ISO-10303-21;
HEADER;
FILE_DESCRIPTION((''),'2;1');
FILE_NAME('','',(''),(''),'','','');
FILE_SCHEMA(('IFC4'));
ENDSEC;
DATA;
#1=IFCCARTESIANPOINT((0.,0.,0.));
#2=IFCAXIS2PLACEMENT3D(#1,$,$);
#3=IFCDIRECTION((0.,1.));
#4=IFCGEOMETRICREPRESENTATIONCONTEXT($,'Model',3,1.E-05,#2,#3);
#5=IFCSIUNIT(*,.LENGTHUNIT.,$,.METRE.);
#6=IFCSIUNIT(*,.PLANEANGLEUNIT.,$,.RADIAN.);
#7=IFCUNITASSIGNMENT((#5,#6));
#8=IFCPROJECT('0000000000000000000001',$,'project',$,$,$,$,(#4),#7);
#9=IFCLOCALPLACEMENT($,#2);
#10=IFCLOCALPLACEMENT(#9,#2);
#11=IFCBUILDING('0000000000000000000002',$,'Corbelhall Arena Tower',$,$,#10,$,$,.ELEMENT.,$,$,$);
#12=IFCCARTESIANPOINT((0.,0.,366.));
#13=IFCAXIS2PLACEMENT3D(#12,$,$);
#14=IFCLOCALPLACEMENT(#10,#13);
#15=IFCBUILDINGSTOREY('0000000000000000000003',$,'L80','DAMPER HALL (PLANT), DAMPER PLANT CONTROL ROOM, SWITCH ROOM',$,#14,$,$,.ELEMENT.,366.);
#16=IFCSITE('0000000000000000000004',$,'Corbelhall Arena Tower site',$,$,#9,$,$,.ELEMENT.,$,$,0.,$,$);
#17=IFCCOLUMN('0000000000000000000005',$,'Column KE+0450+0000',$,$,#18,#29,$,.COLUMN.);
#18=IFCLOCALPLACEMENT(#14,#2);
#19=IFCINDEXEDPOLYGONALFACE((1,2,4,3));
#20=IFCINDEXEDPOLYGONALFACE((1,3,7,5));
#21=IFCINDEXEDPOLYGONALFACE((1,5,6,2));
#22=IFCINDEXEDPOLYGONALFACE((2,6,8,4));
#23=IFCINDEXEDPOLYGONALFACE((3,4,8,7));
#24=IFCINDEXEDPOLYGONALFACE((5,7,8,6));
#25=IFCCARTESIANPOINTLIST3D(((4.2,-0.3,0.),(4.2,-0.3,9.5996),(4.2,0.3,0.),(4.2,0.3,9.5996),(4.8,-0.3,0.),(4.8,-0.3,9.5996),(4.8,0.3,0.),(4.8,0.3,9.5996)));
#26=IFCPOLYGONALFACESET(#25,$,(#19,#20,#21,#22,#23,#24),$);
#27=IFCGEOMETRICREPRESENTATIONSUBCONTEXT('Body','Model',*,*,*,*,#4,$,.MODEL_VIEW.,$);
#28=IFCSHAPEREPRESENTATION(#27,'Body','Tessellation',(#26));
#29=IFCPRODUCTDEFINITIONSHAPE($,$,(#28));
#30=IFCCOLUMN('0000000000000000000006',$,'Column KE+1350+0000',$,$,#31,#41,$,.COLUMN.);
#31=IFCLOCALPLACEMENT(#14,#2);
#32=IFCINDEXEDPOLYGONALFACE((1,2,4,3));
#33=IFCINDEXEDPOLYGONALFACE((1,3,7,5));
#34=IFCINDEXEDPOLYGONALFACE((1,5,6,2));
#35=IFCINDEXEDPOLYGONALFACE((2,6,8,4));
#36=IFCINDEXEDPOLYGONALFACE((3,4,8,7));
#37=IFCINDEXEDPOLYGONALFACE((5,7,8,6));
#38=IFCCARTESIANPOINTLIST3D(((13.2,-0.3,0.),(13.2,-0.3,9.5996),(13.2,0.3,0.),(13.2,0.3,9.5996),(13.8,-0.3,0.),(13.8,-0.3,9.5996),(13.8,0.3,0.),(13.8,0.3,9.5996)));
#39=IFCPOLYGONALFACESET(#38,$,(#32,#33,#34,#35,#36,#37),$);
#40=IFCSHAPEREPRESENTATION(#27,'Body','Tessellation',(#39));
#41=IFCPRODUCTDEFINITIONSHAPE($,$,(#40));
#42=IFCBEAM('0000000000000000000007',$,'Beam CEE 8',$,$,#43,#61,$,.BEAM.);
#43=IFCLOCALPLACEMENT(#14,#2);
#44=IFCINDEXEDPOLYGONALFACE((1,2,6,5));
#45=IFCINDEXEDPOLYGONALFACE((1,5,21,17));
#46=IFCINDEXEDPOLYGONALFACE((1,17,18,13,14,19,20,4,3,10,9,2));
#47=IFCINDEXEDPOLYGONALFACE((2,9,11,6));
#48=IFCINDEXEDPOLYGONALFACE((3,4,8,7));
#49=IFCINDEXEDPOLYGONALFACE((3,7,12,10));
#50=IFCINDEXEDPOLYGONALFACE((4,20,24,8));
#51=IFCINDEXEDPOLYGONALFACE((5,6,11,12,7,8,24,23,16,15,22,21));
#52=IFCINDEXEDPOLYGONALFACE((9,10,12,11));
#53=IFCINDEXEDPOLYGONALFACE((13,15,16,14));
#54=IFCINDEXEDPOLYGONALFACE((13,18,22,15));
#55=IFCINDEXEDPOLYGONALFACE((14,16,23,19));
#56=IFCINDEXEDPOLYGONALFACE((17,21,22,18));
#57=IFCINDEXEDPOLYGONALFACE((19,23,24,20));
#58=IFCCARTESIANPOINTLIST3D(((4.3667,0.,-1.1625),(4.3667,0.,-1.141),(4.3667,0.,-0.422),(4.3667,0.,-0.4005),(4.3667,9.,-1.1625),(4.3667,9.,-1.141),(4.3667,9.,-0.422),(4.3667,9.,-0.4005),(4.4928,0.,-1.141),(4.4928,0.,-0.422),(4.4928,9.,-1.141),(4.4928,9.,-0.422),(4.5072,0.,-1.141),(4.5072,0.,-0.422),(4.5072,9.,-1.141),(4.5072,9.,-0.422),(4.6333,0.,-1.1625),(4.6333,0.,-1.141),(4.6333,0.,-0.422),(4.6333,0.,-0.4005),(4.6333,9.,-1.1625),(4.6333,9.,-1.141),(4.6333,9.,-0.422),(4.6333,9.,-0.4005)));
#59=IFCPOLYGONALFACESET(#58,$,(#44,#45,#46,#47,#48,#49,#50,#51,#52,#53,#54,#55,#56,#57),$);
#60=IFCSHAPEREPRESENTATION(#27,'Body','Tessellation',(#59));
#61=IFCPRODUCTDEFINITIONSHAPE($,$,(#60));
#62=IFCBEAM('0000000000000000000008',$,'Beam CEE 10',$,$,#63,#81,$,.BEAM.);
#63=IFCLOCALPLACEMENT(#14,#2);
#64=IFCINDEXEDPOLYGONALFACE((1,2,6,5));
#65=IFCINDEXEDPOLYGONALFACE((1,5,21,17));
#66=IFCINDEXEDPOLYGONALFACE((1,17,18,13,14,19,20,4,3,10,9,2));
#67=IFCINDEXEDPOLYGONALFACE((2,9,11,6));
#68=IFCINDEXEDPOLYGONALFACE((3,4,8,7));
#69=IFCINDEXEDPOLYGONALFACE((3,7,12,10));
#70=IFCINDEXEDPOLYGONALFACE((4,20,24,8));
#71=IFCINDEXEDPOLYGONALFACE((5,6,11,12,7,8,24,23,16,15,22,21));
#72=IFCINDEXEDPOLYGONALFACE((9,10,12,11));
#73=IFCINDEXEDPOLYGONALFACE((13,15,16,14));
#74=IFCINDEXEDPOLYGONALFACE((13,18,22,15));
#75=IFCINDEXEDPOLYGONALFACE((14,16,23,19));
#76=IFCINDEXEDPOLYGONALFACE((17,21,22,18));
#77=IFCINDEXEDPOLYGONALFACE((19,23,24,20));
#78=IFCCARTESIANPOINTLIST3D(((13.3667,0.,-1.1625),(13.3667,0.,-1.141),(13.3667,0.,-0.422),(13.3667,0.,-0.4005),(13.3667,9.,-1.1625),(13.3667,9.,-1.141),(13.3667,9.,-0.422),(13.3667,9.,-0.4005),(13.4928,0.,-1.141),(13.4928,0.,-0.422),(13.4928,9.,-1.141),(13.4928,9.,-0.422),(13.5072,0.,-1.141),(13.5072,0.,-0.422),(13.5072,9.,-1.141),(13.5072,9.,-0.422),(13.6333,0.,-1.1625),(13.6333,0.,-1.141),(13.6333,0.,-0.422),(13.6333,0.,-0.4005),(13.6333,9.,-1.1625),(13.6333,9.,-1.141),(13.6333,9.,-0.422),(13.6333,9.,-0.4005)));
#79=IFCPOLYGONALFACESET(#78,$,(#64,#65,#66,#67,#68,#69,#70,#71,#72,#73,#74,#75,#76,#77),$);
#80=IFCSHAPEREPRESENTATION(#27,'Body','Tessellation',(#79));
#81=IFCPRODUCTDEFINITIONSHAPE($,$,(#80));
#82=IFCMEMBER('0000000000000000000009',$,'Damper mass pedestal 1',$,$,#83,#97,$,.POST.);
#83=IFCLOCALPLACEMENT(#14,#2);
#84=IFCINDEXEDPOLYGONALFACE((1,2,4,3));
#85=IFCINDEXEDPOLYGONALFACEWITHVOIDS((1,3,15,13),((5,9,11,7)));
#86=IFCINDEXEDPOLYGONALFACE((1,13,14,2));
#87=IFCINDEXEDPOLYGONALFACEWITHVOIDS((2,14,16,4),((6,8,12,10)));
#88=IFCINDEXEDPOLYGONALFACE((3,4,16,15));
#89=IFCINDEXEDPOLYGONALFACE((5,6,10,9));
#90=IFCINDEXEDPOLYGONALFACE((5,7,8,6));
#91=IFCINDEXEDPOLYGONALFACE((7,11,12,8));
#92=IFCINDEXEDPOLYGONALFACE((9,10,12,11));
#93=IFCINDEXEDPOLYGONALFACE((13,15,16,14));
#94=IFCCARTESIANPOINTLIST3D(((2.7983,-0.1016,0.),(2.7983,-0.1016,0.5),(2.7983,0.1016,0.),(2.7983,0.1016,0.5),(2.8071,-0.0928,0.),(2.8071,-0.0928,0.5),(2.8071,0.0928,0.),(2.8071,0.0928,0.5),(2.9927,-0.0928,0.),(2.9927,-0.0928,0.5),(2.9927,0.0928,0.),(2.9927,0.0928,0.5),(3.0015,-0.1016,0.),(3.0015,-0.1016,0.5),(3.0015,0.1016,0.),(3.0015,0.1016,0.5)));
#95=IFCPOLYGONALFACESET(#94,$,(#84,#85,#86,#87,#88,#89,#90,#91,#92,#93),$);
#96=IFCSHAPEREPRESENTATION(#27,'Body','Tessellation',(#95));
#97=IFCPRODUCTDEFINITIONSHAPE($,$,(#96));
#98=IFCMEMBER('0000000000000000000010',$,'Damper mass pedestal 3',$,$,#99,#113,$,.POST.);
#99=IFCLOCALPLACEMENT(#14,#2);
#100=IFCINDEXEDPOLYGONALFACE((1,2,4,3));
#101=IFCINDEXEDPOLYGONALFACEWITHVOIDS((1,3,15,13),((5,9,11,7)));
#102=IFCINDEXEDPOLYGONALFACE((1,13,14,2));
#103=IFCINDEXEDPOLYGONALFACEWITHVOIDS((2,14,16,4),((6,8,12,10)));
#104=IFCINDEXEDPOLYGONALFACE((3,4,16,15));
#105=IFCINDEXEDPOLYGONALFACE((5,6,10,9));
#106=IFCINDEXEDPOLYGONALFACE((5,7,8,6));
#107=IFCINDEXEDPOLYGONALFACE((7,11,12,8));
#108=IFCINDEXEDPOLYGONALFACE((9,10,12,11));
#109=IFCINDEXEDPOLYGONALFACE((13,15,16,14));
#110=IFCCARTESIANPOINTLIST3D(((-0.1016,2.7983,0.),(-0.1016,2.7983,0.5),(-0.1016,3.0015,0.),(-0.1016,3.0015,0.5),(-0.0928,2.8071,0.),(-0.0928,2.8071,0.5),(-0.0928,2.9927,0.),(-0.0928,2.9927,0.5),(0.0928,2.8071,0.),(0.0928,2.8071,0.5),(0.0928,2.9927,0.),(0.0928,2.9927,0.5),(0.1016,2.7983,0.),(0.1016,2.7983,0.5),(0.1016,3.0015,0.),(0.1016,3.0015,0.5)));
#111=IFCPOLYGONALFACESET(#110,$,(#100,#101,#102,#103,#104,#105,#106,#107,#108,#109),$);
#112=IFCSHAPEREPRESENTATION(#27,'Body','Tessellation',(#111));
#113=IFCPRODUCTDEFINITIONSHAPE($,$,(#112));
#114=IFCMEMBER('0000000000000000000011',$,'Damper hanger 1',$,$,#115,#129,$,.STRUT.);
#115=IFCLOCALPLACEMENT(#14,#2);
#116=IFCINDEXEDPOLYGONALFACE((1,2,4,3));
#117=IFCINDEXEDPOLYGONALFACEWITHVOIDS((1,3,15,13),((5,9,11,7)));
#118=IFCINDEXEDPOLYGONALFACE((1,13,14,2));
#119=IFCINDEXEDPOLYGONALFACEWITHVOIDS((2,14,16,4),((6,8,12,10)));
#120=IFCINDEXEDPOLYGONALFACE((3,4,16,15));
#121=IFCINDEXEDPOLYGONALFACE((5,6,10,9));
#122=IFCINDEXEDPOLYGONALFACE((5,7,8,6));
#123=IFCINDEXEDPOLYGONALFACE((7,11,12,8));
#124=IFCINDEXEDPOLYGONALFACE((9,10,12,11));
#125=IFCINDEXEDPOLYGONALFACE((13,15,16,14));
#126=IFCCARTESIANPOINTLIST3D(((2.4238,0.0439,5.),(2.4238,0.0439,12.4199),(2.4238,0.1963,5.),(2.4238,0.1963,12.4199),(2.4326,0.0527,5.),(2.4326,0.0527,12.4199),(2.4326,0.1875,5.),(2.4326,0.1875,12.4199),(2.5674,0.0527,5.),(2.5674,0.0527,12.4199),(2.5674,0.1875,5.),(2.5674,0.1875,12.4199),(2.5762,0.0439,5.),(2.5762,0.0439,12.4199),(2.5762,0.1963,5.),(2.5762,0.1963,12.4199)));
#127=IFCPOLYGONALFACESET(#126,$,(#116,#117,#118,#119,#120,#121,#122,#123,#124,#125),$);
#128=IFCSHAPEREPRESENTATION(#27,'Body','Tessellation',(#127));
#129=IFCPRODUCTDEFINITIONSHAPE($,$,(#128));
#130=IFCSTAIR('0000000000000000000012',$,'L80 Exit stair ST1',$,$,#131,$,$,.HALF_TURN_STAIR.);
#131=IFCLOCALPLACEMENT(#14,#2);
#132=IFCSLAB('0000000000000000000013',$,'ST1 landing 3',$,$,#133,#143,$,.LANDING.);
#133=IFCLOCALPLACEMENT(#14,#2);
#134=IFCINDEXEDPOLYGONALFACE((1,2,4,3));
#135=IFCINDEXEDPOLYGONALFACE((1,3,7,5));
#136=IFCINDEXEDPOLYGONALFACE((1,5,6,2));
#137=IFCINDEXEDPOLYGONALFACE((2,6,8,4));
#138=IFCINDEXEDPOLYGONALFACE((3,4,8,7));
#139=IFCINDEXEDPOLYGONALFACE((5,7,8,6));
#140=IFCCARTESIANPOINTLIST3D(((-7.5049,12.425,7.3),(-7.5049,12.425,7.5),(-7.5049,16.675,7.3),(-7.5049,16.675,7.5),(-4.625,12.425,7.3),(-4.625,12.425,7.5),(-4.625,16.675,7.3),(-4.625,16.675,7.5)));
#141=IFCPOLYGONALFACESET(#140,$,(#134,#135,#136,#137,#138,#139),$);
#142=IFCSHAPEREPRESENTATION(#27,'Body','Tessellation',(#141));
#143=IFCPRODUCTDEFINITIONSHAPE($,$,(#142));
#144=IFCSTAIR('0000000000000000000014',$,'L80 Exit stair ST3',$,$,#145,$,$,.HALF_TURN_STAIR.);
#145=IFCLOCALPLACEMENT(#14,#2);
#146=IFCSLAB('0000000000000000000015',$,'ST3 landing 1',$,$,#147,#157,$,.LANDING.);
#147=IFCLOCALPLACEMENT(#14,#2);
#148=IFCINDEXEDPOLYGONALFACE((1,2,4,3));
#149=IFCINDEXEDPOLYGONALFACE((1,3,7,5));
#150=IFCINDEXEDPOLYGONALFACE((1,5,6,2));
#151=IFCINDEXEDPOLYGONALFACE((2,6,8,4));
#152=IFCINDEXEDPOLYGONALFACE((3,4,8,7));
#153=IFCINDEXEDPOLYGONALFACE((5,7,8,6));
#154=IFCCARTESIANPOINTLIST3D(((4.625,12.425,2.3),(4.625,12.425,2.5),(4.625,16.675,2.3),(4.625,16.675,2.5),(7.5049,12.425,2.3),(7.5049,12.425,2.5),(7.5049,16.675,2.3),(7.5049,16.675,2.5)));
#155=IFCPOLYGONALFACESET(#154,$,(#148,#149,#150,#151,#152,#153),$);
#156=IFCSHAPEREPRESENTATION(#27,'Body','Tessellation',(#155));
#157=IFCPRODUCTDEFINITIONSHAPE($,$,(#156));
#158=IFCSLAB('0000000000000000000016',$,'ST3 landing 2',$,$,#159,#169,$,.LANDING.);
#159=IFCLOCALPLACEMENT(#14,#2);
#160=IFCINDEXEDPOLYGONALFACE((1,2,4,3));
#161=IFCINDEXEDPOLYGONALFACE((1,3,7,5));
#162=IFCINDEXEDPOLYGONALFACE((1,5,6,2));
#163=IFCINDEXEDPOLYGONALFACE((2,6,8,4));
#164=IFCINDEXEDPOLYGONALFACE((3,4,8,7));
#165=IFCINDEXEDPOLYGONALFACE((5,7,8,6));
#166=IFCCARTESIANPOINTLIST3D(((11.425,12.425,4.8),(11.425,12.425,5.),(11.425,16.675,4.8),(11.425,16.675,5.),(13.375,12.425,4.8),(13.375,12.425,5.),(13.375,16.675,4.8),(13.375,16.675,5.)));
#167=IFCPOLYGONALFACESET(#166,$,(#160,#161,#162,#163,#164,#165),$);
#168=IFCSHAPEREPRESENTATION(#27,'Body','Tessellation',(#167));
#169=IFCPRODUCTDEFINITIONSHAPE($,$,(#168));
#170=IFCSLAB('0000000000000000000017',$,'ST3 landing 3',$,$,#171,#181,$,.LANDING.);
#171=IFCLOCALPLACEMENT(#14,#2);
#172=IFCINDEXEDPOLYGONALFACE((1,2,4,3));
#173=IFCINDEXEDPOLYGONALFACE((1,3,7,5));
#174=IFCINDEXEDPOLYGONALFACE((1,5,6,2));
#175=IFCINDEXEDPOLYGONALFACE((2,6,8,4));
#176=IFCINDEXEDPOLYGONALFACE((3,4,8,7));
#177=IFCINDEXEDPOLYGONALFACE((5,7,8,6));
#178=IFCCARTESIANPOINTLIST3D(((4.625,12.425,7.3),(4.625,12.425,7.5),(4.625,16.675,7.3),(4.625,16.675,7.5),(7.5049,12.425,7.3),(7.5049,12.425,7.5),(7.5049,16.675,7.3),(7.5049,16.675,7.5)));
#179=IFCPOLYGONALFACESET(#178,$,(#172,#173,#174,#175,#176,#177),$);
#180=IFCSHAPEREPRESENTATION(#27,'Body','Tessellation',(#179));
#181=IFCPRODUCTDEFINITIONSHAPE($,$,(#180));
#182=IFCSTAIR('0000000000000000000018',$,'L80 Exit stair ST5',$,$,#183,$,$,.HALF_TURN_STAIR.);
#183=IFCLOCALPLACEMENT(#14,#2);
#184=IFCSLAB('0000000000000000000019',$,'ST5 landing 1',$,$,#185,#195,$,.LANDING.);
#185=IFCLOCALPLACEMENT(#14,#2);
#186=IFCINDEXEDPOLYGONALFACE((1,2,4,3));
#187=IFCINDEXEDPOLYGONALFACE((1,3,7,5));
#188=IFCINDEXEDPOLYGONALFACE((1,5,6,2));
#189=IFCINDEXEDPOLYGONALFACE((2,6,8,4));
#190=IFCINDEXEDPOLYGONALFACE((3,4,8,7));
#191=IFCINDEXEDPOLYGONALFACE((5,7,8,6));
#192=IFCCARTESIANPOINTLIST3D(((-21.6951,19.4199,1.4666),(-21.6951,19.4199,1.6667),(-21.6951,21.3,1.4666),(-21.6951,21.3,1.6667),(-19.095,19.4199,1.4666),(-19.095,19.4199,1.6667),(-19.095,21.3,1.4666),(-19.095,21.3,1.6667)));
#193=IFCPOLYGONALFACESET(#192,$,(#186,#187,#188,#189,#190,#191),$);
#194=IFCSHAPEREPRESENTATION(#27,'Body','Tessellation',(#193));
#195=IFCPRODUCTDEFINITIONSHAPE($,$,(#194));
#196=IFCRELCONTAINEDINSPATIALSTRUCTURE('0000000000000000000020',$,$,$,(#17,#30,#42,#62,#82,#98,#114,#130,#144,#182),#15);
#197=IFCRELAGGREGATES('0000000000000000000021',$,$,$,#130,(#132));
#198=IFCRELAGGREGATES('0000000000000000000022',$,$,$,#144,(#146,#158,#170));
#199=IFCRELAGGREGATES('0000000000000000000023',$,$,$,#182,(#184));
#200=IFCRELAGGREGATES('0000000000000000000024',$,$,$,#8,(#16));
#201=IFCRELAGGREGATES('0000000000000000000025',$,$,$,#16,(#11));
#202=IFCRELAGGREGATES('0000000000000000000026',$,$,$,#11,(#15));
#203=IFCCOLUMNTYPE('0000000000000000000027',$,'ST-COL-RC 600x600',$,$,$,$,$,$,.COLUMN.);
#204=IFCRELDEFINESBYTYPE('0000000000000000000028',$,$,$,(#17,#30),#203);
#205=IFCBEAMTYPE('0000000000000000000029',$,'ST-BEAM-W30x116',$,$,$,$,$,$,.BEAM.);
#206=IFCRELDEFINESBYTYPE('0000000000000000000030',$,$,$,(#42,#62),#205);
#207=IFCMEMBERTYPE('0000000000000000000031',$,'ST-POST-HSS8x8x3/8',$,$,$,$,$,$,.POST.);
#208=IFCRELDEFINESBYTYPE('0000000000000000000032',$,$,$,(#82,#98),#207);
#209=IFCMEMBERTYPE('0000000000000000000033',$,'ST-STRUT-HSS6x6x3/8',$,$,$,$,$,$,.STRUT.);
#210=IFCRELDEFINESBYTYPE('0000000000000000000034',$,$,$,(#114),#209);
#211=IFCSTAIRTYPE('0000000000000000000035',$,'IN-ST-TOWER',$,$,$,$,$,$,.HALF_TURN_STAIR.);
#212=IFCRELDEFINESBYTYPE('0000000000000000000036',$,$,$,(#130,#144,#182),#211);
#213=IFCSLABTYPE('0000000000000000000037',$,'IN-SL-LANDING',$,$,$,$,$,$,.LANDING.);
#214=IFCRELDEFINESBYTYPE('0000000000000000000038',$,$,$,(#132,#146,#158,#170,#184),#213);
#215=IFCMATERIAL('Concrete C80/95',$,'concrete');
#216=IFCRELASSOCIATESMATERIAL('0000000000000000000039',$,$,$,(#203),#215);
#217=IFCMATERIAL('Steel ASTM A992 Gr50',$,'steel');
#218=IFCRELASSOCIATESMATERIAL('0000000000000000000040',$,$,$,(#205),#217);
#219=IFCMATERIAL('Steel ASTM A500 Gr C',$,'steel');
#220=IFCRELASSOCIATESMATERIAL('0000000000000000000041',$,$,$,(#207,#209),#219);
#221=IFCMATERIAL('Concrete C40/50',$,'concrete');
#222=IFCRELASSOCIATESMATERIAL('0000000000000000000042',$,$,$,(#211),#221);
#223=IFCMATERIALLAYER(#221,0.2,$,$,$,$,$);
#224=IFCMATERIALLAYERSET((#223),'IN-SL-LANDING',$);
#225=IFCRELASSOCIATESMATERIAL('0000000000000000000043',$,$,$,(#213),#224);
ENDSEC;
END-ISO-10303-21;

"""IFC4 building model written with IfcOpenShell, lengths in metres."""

from ifc_helpers import new_model, si_unit, direction, frame, origin, origin_2d, place, context, subcontext, project, spatial, polyline, rectangle, hollow_rectangle, i_section, outline, extrude, material, layer, layer_set, material_profile, profile_set, type_object, element, aggregate, save


model = new_model("IFC4")

# Units and contexts
model_context = context("Model", 3, precision=1e-05, world=origin(), true_north=direction((0.0, 1.0)))
body_context = subcontext(model_context, "Body", "Model", "MODEL_VIEW")
ifc_project = project(units=[si_unit("LENGTHUNIT", "METRE"), si_unit("PLANEANGLEUNIT", "RADIAN")], contexts=[model_context])

# Site, building, storey
site_placement = place(None, origin())
site = spatial("IfcSite", under=ifc_project, at=site_placement, Name="Corbelhall Arena Tower site", CompositionType="ELEMENT", RefElevation=0.0)
building_placement = place(site_placement, origin())
building = spatial("IfcBuilding", under=site, at=building_placement, Name="Corbelhall Arena Tower", CompositionType="ELEMENT")
storey_placement = place(building_placement, frame((0.0, 0.0, 366.0)))
storey = spatial("IfcBuildingStorey", under=building, at=storey_placement, Name="L80", Description="DAMPER HALL (PLANT), DAMPER PLANT CONTROL ROOM, SWITCH ROOM", CompositionType="ELEMENT", Elevation=366.0)

# Columns
ifc_material_1 = material(Name="Concrete C80/95", Category="concrete")
ifc_material_profile_1 = material_profile(ifc_material_1, rectangle(XDim=0.6001, YDim=0.6001, at=origin_2d()))
ifc_profile_set_1 = profile_set([ifc_material_profile_1], Name="Concrete C80/95")
column_type = type_object("IfcColumnType", Name="ST-COL-RC 600x600", PredefinedType="COLUMN", material=ifc_profile_set_1)
for number, where, z_axis, x_axis, name in (
    (1, (4.5, 0.0, 0.0), (0.0, 0.0, 1.0), (1.0, 0.0, 0.0), "Column KE+0450+0000"),
    (2, (13.5, 0.0, 0.0), (0.0, 0.0, 1.0), (1.0, 0.0, 0.0), "Column KE+1350+0000"),
):
    element("IfcColumn", number, at=place(storey_placement, frame(where, z_axis=z_axis, x_axis=x_axis)), inside=storey, type_object=column_type, Name=name, PredefinedType="COLUMN", context=body_context, shape_type="SweptSolid", body=[
        extrude(rectangle(XDim=0.6001, YDim=0.6001, at=origin_2d()), origin(), (0.0, 0.0, 1.0), 9.5996),
    ])

# Beams
ifc_material_2 = material(Name="Steel ASTM A992 Gr50", Category="steel")
ifc_material_profile_2 = material_profile(ifc_material_2, i_section(OverallWidth=0.2666, OverallDepth=0.762, WebThickness=0.0144, FlangeThickness=0.0215, at=origin_2d()))
ifc_profile_set_2 = profile_set([ifc_material_profile_2], Name="Steel ASTM A992 Gr50")
beam_type = type_object("IfcBeamType", Name="ST-BEAM-W30x116", PredefinedType="BEAM", material=ifc_profile_set_2)
for number, where, z_axis, x_axis, name in (
    (3, (4.5, 0.0, -0.7815), (0.0, 1.0, 0.0), (-1.0, 0.0, 0.0), "Beam CEE 8"),
    (4, (13.5, 0.0, -0.7815), (0.0, 1.0, 0.0), (-1.0, 0.0, 0.0), "Beam CEE 10"),
):
    element("IfcBeam", number, at=place(storey_placement, frame(where, z_axis=z_axis, x_axis=x_axis)), inside=storey, type_object=beam_type, Name=name, PredefinedType="BEAM", context=body_context, shape_type="SweptSolid", body=[
        extrude(i_section(OverallWidth=0.2666, OverallDepth=0.762, WebThickness=0.0144, FlangeThickness=0.0215, at=origin_2d()), origin(), (0.0, 0.0, 1.0), 9.0),
    ])

# Members
ifc_material_3 = material(Name="Steel ASTM A500 Gr C", Category="steel")
ifc_material_profile_3 = material_profile(ifc_material_3, hollow_rectangle(XDim=0.2031, YDim=0.2031, WallThickness=0.0088, at=origin_2d()))
ifc_profile_set_3 = profile_set([ifc_material_profile_3], Name="Steel ASTM A500 Gr C")
member_type_1 = type_object("IfcMemberType", Name="ST-POST-HSS8x8x3/8", PredefinedType="POST", material=ifc_profile_set_3)
for number, where, z_axis, x_axis, name in (
    (5, (2.8999, 0.0, 0.0), (0.0, 0.0, 1.0), (1.0, 0.0, 0.0), "Damper mass pedestal 1"),
    (6, (0.0, 2.8999, 0.0), (0.0, 0.0, 1.0), (1.0, 0.0, 0.0), "Damper mass pedestal 3"),
):
    element("IfcMember", number, at=place(storey_placement, frame(where, z_axis=z_axis, x_axis=x_axis)), inside=storey, type_object=member_type_1, Name=name, PredefinedType="POST", context=body_context, shape_type="SweptSolid", body=[
        extrude(hollow_rectangle(XDim=0.2031, YDim=0.2031, WallThickness=0.0088, at=origin_2d()), origin(), (0.0, 0.0, 1.0), 0.5),
    ])
ifc_material_profile_4 = material_profile(ifc_material_3, hollow_rectangle(XDim=0.1523, YDim=0.1523, WallThickness=0.0088, at=origin_2d()))
ifc_profile_set_4 = profile_set([ifc_material_profile_4], Name="Steel ASTM A500 Gr C")
member_type_2 = type_object("IfcMemberType", Name="ST-STRUT-HSS6x6x3/8", PredefinedType="STRUT", material=ifc_profile_set_4)
member_placement = place(storey_placement, frame((2.5, 0.1201, 5.0), z_axis=(0.0, 0.0, 1.0), x_axis=(1.0, 0.0, 0.0)))
element("IfcMember", 7, at=member_placement, inside=storey, type_object=member_type_2, Name="Damper hanger 1", PredefinedType="STRUT", context=body_context, shape_type="SweptSolid", body=[
    extrude(hollow_rectangle(XDim=0.1523, YDim=0.1523, WallThickness=0.0088, at=origin_2d()), origin(), (0.0, 0.0, 1.0), 7.4199),
])

# Stair, slab
ifc_material_4 = material(Name="Concrete C40/50", Category="concrete")
stair_type = type_object("IfcStairType", Name="IN-ST-TOWER", PredefinedType="HALF_TURN_STAIR", material=ifc_material_4)
stair_1_placement = place(storey_placement, origin())
stair_1 = element("IfcStair", 8, at=stair_1_placement, inside=storey, type_object=stair_type, Name="L80 Exit stair ST1", PredefinedType="HALF_TURN_STAIR")
ifc_layer_1 = layer(ifc_material_4, 0.2)
ifc_layer_set_1 = layer_set([ifc_layer_1], Name="IN-SL-LANDING")
slab_type = type_object("IfcSlabType", Name="IN-SL-LANDING", PredefinedType="LANDING", material=ifc_layer_set_1)
slab_1_placement = place(storey_placement, frame((0.0, 0.0, 7.3)))
slab_1 = element("IfcSlab", 9, at=slab_1_placement, type_object=slab_type, Name="ST1 landing 3", PredefinedType="LANDING", context=body_context, shape_type="SweptSolid", body=[
    extrude(outline(polyline([(-7.5049, 12.425), (-4.625, 12.425), (-4.625, 16.675), (-7.5049, 16.675), (-7.5049, 12.425)])), origin(), (0.0, 0.0, 1.0), 0.2),
])
aggregate(stair_1, [slab_1])

# Stairs, slabs
stair_2_placement = place(storey_placement, origin())
stair_2 = element("IfcStair", 10, at=stair_2_placement, inside=storey, type_object=stair_type, Name="L80 Exit stair ST3", PredefinedType="HALF_TURN_STAIR")
slab_2_placement = place(storey_placement, frame((0.0, 0.0, 2.3)))
slab_2 = element("IfcSlab", 11, at=slab_2_placement, type_object=slab_type, Name="ST3 landing 1", PredefinedType="LANDING", context=body_context, shape_type="SweptSolid", body=[
    extrude(outline(polyline([(7.5049, 16.675), (4.625, 16.675), (4.625, 12.425), (7.5049, 12.425), (7.5049, 16.675)])), origin(), (0.0, 0.0, 1.0), 0.2),
])
slab_3_placement = place(storey_placement, frame((0.0, 0.0, 4.8)))
slab_3 = element("IfcSlab", 12, at=slab_3_placement, type_object=slab_type, Name="ST3 landing 2", PredefinedType="LANDING", context=body_context, shape_type="SweptSolid", body=[
    extrude(outline(polyline([(13.375, 16.675), (11.425, 16.675), (11.425, 12.425), (13.375, 12.425), (13.375, 16.675)])), origin(), (0.0, 0.0, 1.0), 0.2),
])
slab_4_placement = place(storey_placement, frame((0.0, 0.0, 7.3)))
slab_4 = element("IfcSlab", 13, at=slab_4_placement, type_object=slab_type, Name="ST3 landing 3", PredefinedType="LANDING", context=body_context, shape_type="SweptSolid", body=[
    extrude(outline(polyline([(7.5049, 16.675), (4.625, 16.675), (4.625, 12.425), (7.5049, 12.425), (7.5049, 16.675)])), origin(), (0.0, 0.0, 1.0), 0.2),
])
aggregate(stair_2, [slab_2, slab_3, slab_4])
stair_3_placement = place(storey_placement, origin())
stair_3 = element("IfcStair", 14, at=stair_3_placement, inside=storey, type_object=stair_type, Name="L80 Exit stair ST5", PredefinedType="HALF_TURN_STAIR")
slab_5_placement = place(storey_placement, frame((0.0, 0.0, 1.4666)))
slab_5 = element("IfcSlab", 15, at=slab_5_placement, type_object=slab_type, Name="ST5 landing 1", PredefinedType="LANDING", context=body_context, shape_type="SweptSolid", body=[
    extrude(outline(polyline([(-19.095, 19.4199), (-19.095, 21.3), (-21.6951, 21.3), (-21.6951, 19.4199), (-19.095, 19.4199)])), origin(), (0.0, 0.0, 1.0), 0.2002),
])
aggregate(stair_3, [slab_5])

save(model, "model.ifc")
